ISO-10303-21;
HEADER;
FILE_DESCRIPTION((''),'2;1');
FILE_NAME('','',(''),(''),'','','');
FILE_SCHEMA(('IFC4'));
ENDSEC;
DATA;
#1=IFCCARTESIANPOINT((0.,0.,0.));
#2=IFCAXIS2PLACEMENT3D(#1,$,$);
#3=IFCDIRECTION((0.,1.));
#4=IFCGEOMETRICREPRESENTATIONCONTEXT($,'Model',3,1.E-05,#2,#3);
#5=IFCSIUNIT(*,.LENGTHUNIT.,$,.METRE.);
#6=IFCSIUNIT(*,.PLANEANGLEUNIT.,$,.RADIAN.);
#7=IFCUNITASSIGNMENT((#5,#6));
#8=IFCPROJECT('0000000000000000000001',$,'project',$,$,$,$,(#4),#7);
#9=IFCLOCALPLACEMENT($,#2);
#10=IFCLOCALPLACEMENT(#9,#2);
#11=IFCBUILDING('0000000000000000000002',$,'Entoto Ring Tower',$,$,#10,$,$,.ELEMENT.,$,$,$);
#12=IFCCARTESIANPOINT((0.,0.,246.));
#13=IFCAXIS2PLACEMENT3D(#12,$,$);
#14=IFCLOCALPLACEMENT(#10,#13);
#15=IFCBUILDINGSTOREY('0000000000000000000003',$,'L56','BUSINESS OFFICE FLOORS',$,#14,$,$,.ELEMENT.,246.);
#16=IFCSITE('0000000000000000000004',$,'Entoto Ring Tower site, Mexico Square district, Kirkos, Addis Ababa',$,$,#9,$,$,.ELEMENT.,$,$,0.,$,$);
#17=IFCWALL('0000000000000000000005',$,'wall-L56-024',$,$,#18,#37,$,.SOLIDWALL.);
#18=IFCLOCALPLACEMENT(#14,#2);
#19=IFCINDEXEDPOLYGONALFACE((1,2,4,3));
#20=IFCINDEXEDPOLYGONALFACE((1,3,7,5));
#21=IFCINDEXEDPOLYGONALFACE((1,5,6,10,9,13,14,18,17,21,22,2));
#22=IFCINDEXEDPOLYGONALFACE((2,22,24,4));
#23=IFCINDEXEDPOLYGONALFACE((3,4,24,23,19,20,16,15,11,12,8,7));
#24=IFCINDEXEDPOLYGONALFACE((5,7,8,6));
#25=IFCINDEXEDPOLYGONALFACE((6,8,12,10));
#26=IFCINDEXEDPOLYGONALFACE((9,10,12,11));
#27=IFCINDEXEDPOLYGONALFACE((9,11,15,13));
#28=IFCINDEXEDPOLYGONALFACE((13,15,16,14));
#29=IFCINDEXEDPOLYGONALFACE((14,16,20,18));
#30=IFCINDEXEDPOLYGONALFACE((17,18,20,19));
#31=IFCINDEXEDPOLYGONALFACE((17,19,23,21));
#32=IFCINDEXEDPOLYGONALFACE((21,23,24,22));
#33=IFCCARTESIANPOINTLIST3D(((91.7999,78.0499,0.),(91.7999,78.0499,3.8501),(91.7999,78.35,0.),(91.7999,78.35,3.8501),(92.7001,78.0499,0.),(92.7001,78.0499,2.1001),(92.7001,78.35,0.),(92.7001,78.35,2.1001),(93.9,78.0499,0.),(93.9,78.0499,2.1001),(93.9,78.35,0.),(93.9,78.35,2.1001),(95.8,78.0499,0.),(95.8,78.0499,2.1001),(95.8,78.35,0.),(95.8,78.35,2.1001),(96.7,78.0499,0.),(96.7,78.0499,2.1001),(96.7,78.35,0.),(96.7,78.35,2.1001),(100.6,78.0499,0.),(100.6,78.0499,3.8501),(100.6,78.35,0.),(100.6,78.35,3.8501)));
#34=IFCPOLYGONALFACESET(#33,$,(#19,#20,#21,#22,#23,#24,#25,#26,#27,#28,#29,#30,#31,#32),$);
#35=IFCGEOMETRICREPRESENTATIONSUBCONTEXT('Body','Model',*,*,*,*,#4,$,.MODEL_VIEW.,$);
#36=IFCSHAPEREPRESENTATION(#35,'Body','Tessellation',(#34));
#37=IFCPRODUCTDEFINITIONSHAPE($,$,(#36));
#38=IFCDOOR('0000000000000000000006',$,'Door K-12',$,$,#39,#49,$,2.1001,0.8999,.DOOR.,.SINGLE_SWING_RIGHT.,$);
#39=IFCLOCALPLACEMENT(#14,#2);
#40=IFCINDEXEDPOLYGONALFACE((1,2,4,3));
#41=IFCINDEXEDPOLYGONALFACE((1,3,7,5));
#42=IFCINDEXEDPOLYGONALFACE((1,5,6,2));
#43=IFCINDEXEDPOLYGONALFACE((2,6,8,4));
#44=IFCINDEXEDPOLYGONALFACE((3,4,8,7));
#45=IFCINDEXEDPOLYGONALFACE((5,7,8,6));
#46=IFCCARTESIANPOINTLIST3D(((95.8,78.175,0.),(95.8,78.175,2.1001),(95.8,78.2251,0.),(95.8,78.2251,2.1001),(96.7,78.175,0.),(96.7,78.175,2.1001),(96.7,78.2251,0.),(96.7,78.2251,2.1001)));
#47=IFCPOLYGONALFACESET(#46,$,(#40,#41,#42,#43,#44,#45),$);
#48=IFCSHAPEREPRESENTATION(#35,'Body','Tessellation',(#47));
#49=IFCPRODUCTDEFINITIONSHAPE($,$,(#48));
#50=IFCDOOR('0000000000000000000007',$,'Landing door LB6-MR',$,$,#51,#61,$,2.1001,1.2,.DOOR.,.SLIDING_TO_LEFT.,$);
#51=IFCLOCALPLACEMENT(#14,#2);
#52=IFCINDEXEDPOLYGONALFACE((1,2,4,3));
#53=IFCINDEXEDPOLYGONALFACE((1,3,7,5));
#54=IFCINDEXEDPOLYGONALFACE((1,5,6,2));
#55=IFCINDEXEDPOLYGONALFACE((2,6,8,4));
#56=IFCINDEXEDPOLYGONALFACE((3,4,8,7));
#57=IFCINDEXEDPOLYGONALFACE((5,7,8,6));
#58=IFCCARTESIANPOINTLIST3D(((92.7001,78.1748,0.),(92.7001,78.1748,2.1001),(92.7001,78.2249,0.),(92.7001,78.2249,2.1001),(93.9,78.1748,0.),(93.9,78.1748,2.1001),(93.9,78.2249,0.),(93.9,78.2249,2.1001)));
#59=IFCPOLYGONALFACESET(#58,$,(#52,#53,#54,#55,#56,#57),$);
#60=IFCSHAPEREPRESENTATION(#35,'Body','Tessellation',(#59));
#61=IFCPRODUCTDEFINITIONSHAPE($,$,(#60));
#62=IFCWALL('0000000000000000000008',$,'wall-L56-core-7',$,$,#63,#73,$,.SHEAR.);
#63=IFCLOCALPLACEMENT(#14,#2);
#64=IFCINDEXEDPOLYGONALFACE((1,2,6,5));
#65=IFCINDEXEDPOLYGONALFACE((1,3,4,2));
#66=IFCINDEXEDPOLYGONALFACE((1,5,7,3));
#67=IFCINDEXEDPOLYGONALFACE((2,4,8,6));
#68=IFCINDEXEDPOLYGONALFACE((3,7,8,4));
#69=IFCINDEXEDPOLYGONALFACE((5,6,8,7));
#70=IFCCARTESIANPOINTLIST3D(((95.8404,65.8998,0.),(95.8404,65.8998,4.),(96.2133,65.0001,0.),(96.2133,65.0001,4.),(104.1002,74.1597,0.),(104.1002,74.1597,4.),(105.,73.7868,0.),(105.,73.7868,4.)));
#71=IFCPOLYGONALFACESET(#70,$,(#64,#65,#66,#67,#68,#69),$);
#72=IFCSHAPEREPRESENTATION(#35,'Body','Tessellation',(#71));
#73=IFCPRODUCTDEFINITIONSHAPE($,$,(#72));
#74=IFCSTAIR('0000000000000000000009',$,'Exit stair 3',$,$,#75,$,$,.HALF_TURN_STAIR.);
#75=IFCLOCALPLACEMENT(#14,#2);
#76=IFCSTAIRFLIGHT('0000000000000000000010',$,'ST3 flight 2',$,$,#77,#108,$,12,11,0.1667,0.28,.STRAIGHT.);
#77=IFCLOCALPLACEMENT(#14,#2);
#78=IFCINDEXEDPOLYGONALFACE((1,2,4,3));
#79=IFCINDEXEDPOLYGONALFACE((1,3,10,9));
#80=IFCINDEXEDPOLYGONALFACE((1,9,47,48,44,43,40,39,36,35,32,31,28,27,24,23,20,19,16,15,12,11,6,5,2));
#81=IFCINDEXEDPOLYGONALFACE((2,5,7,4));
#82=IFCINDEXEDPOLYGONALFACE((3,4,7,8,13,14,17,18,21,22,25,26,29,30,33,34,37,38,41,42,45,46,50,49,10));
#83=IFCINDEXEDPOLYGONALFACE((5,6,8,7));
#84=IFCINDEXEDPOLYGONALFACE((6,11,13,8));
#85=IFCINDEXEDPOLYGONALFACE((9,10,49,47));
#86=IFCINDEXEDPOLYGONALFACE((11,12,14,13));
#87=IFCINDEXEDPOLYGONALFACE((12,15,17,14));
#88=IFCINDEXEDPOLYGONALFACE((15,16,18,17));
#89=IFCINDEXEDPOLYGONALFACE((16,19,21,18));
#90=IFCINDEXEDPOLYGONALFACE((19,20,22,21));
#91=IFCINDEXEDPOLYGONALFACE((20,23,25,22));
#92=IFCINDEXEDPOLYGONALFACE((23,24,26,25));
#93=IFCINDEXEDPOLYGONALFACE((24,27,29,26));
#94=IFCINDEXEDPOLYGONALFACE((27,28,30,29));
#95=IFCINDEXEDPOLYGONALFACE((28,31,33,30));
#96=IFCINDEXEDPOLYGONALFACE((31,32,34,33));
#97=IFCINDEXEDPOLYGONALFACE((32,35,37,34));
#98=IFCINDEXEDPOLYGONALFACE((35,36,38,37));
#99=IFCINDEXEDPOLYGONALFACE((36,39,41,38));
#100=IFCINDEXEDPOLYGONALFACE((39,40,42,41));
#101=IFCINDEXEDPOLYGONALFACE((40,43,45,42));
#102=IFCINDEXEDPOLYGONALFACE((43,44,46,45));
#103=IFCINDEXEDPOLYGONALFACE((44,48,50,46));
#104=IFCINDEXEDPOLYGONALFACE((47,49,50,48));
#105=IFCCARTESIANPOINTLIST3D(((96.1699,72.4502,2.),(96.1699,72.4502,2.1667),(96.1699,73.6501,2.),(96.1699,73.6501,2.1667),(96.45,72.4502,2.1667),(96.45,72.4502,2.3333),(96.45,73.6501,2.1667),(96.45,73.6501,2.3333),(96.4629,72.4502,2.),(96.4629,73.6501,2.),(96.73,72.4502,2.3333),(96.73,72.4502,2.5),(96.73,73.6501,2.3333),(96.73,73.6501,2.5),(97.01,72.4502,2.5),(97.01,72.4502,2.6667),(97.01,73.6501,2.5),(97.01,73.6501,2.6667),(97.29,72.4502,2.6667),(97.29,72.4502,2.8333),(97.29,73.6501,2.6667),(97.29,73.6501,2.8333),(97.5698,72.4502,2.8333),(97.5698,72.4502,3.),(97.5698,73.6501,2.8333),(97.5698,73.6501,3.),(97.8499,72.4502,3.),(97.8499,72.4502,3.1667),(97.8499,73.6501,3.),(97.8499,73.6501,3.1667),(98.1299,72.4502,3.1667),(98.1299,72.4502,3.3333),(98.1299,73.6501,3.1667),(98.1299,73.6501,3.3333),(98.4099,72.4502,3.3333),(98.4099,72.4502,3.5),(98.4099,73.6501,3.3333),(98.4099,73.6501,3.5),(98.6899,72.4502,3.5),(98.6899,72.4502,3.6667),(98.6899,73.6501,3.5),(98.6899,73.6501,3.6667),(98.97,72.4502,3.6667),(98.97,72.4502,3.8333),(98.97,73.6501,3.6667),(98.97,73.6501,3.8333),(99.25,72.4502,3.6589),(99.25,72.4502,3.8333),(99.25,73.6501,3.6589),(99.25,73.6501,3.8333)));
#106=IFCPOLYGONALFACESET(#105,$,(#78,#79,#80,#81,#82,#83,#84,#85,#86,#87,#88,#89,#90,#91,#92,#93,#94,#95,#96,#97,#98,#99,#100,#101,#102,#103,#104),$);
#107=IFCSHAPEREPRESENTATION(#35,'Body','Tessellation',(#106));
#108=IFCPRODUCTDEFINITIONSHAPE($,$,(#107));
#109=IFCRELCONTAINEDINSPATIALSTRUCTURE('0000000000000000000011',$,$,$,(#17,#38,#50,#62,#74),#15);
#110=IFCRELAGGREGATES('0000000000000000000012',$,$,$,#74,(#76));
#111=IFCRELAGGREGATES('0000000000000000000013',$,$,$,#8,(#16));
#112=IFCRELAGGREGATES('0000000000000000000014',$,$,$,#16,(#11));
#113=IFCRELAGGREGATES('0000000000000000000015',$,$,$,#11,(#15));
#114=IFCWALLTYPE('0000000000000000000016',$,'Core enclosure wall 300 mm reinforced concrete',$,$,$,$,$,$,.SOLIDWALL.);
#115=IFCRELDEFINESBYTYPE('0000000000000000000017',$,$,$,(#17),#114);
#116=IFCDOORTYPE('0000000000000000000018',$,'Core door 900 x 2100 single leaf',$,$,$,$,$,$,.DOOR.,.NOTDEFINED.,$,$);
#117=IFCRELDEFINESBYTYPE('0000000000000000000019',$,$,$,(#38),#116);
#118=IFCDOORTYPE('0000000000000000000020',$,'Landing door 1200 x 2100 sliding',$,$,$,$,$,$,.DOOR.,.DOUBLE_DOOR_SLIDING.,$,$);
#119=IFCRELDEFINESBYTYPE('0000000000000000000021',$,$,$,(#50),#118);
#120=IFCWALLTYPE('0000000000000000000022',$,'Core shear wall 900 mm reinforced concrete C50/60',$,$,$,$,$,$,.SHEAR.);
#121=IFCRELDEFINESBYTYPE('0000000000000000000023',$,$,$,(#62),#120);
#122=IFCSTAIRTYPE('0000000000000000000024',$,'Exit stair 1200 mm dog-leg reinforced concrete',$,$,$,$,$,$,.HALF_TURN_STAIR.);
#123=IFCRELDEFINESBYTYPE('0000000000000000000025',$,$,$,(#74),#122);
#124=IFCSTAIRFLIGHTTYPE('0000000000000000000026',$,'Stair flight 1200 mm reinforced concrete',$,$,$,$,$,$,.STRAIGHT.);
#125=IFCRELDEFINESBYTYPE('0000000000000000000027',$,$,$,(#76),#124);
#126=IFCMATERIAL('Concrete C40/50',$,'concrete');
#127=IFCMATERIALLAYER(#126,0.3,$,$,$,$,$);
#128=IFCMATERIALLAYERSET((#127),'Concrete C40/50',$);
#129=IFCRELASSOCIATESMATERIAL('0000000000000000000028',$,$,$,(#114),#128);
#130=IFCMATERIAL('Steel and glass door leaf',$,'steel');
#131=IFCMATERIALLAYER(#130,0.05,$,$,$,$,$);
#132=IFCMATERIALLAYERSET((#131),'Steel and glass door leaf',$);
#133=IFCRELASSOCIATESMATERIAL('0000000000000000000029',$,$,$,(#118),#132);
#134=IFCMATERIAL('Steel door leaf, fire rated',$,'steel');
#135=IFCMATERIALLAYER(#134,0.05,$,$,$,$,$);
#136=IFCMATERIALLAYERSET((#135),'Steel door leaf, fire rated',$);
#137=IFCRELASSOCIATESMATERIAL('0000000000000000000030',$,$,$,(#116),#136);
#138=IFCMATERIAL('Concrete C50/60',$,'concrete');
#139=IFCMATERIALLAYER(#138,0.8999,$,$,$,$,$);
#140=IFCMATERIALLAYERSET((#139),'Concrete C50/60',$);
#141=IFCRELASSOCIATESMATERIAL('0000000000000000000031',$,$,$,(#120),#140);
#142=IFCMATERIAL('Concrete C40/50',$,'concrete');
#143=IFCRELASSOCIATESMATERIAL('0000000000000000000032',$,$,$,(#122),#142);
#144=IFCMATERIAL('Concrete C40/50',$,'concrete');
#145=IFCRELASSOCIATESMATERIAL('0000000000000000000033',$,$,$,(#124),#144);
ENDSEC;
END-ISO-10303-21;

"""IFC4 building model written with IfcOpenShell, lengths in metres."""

from ifc_helpers import new_model, si_unit, direction, frame, frame_2d, origin, place, context, subcontext, project, spatial, polyline, rectangle, outline, extrude, material, layer, layer_set, type_object, element, fill, aggregate, save


model = new_model("IFC4")

# Units and contexts
model_context = context("Model", 3, precision=1e-05, world=origin(), true_north=direction((0.0, 1.0)))
body_context = subcontext(model_context, "Body", "Model", "MODEL_VIEW")
ifc_project = project(units=[si_unit("LENGTHUNIT", "METRE"), si_unit("PLANEANGLEUNIT", "RADIAN")], contexts=[model_context])

# Site, building, storey
site_placement = place(None, origin())
site = spatial("IfcSite", under=ifc_project, at=site_placement, Name="Entoto Ring Tower site, Mexico Square district, Kirkos, Addis Ababa", CompositionType="ELEMENT", RefElevation=0.0)
building_placement = place(site_placement, origin())
building = spatial("IfcBuilding", under=site, at=building_placement, Name="Entoto Ring Tower", CompositionType="ELEMENT")
storey_placement = place(building_placement, frame((0.0, 0.0, 246.0)))
storey = spatial("IfcBuildingStorey", under=building, at=storey_placement, Name="L56", Description="BUSINESS OFFICE FLOORS", CompositionType="ELEMENT", Elevation=246.0)

# Shared definitions
ifc_material_1 = material(Name="Concrete C40/50", Category="concrete")
ifc_layer_1 = layer(ifc_material_1, 0.3)
ifc_layer_set_1 = layer_set([ifc_layer_1], Name="Concrete C40/50")
wall_type_1 = type_object("IfcWallType", Name="Core enclosure wall 300 mm reinforced concrete", PredefinedType="SOLIDWALL", material=ifc_layer_set_1)

# Shared definitions
ifc_material_2 = material(Name="Steel and glass door leaf", Category="steel")
ifc_layer_2 = layer(ifc_material_2, 0.05)
ifc_layer_set_2 = layer_set([ifc_layer_2], Name="Steel and glass door leaf")
door_type_1 = type_object("IfcDoorType", Name="Landing door 1200 x 2100 sliding", OperationType="DOUBLE_DOOR_SLIDING", PredefinedType="DOOR", material=ifc_layer_set_2)

# Wall, openings, doors
wall_1_placement = place(storey_placement, frame((91.8, 78.2, 0.0), z_axis=(0.0, 0.0, 1.0), x_axis=(1.0, 0.0, 0.0)))
wall_1 = element("IfcWall", 1, at=wall_1_placement, inside=storey, type_object=wall_type_1, Name="wall-L56-024", PredefinedType="SOLIDWALL", context=body_context, shape_type="SweptSolid", body=[
    extrude(rectangle(XDim=8.8, YDim=0.3, at=frame_2d((4.3999, 0.0))), origin(), (0.0, 0.0, 1.0), 3.8501),
])
opening_1_placement = place(wall_1_placement, frame((0.8999, 0.0, 0.0)))
opening_1 = element("IfcOpeningElement", 2, at=opening_1_placement, cuts=wall_1, PredefinedType="OPENING", context=body_context, shape_type="SweptSolid", body=[
    extrude(rectangle(XDim=1.2, YDim=2.1001, at=frame_2d((0.6001, 1.05))), frame((0.0, 0.1602, 0.0), z_axis=(0.0, -1.0, 0.0), x_axis=(1.0, 0.0, 0.0)), (0.0, 0.0, 1.0), 0.3201),
])
opening_2_placement = place(wall_1_placement, frame((4.0, 0.0, 0.0)))
opening_2 = element("IfcOpeningElement", 3, at=opening_2_placement, cuts=wall_1, PredefinedType="OPENING", context=body_context, shape_type="SweptSolid", body=[
    extrude(rectangle(XDim=0.8999, YDim=2.1001, at=frame_2d((0.45, 1.05))), frame((0.0, 0.1602, 0.0), z_axis=(0.0, -1.0, 0.0), x_axis=(1.0, 0.0, 0.0)), (0.0, 0.0, 1.0), 0.3201),
])
ifc_material_3 = material(Name="Steel door leaf, fire rated", Category="steel")
ifc_layer_3 = layer(ifc_material_3, 0.05)
ifc_layer_set_3 = layer_set([ifc_layer_3], Name="Steel door leaf, fire rated")
door_type_2 = type_object("IfcDoorType", Name="Core door 900 x 2100 single leaf", OperationType="NOTDEFINED", PredefinedType="DOOR", material=ifc_layer_set_3)
door_1_placement = place(opening_2_placement, frame((0.8999, 0.0, 0.0), z_axis=(0.0, 0.0, 1.0), x_axis=(-1.0, 0.0, 0.0)))
door_1 = element("IfcDoor", 4, at=door_1_placement, inside=storey, type_object=door_type_2, Name="Door K-12", OperationType="SINGLE_SWING_RIGHT", OverallHeight=2.1001, OverallWidth=0.8999, PredefinedType="DOOR", context=body_context, shape_type="SweptSolid", body=[
    extrude(rectangle(XDim=0.8999, YDim=2.1001, at=frame_2d((0.45, 1.05))), frame((0.0, 0.0249, 0.0), z_axis=(0.0, -1.0, 0.0), x_axis=(1.0, 0.0, 0.0)), (0.0, 0.0, 1.0), 0.05),
])
fill(opening_2, door_1)
door_2_placement = place(opening_1_placement, origin())
door_2 = element("IfcDoor", 5, at=door_2_placement, inside=storey, type_object=door_type_1, Name="Landing door LB6-MR", OperationType="SLIDING_TO_LEFT", OverallHeight=2.1001, OverallWidth=1.2, PredefinedType="DOOR", context=body_context, shape_type="SweptSolid", body=[
    extrude(rectangle(XDim=1.2, YDim=2.1001, at=frame_2d((0.6001, 1.05))), frame((0.0, 0.0249, 0.0), z_axis=(0.0, -1.0, 0.0), x_axis=(1.0, 0.0, 0.0)), (0.0, 0.0, 1.0), 0.05),
])
fill(opening_1, door_2)

# Wall
ifc_material_4 = material(Name="Concrete C50/60", Category="concrete")
ifc_layer_4 = layer(ifc_material_4, 0.8999)
ifc_layer_set_4 = layer_set([ifc_layer_4], Name="Concrete C50/60")
wall_type_2 = type_object("IfcWallType", Name="Core shear wall 900 mm reinforced concrete C50/60", PredefinedType="SHEAR", material=ifc_layer_set_4)
wall_2_placement = place(storey_placement, frame((96.0269, 65.45, 0.0), z_axis=(0.0, 0.0, 1.0), x_axis=(0.707107, 0.707107, 0.0)))
element("IfcWall", 6, at=wall_2_placement, inside=storey, type_object=wall_type_2, Name="wall-L56-core-7", PredefinedType="SHEAR", context=body_context, shape_type="SweptSolid", body=[
    extrude(outline(polyline([(-0.1863, -0.45), (12.24, -0.45), (11.8674, 0.45), (0.1863, 0.45), (-0.1863, -0.45)])), origin(), (0.0, 0.0, 1.0), 4.0),
])

# Stair, stair flight
ifc_material_5 = material(Name="Concrete C40/50", Category="concrete")
stair_type = type_object("IfcStairType", Name="Exit stair 1200 mm dog-leg reinforced concrete", PredefinedType="HALF_TURN_STAIR", material=ifc_material_5)
stair_placement = place(storey_placement, origin())
stair = element("IfcStair", 7, at=stair_placement, inside=storey, type_object=stair_type, Name="Exit stair 3", PredefinedType="HALF_TURN_STAIR")
ifc_material_6 = material(Name="Concrete C40/50", Category="concrete")
stair_flight_type = type_object("IfcStairFlightType", Name="Stair flight 1200 mm reinforced concrete", PredefinedType="STRAIGHT", material=ifc_material_6)
stair_flight_placement = place(storey_placement, frame((96.1699, 73.05, 2.0), z_axis=(0.0, 0.0, 1.0), x_axis=(1.0, 0.0, 0.0)))
stair_flight = element("IfcStairFlight", 8, at=stair_flight_placement, type_object=stair_flight_type, Name="ST3 flight 2", NumberOfRisers=12, NumberOfTreads=11, PredefinedType="STRAIGHT", RiserHeight=0.1667, TreadLength=0.28, context=body_context, shape_type="SweptSolid", body=[
    extrude(outline(polyline([(0.0, 0.0), (0.0, 0.1667), (0.28, 0.1667), (0.28, 0.3333), (0.5601, 0.3333), (0.5601, 0.5), (0.8401, 0.5), (0.8401, 0.6667), (1.1201, 0.6667), (1.1201, 0.8333), (1.3999, 0.8333), (1.3999, 1.0), (1.6799, 1.0), (1.6799, 1.1667), (1.96, 1.1667), (1.96, 1.3333), (2.24, 1.3333), (2.24, 1.5), (2.52, 1.5), (2.52, 1.6667), (2.8, 1.6667), (2.8, 1.8333), (3.0801, 1.8333), (3.0801, 2.0), (3.0801, 1.6589), (0.293, 0.0), (0.0, 0.0)])), frame((0.0, 0.6001, 0.0), z_axis=(0.0, -1.0, 0.0), x_axis=(1.0, 0.0, 0.0)), (0.0, 0.0, 1.0), 1.2),
])
aggregate(stair, [stair_flight])

save(model, "model.ifc")
